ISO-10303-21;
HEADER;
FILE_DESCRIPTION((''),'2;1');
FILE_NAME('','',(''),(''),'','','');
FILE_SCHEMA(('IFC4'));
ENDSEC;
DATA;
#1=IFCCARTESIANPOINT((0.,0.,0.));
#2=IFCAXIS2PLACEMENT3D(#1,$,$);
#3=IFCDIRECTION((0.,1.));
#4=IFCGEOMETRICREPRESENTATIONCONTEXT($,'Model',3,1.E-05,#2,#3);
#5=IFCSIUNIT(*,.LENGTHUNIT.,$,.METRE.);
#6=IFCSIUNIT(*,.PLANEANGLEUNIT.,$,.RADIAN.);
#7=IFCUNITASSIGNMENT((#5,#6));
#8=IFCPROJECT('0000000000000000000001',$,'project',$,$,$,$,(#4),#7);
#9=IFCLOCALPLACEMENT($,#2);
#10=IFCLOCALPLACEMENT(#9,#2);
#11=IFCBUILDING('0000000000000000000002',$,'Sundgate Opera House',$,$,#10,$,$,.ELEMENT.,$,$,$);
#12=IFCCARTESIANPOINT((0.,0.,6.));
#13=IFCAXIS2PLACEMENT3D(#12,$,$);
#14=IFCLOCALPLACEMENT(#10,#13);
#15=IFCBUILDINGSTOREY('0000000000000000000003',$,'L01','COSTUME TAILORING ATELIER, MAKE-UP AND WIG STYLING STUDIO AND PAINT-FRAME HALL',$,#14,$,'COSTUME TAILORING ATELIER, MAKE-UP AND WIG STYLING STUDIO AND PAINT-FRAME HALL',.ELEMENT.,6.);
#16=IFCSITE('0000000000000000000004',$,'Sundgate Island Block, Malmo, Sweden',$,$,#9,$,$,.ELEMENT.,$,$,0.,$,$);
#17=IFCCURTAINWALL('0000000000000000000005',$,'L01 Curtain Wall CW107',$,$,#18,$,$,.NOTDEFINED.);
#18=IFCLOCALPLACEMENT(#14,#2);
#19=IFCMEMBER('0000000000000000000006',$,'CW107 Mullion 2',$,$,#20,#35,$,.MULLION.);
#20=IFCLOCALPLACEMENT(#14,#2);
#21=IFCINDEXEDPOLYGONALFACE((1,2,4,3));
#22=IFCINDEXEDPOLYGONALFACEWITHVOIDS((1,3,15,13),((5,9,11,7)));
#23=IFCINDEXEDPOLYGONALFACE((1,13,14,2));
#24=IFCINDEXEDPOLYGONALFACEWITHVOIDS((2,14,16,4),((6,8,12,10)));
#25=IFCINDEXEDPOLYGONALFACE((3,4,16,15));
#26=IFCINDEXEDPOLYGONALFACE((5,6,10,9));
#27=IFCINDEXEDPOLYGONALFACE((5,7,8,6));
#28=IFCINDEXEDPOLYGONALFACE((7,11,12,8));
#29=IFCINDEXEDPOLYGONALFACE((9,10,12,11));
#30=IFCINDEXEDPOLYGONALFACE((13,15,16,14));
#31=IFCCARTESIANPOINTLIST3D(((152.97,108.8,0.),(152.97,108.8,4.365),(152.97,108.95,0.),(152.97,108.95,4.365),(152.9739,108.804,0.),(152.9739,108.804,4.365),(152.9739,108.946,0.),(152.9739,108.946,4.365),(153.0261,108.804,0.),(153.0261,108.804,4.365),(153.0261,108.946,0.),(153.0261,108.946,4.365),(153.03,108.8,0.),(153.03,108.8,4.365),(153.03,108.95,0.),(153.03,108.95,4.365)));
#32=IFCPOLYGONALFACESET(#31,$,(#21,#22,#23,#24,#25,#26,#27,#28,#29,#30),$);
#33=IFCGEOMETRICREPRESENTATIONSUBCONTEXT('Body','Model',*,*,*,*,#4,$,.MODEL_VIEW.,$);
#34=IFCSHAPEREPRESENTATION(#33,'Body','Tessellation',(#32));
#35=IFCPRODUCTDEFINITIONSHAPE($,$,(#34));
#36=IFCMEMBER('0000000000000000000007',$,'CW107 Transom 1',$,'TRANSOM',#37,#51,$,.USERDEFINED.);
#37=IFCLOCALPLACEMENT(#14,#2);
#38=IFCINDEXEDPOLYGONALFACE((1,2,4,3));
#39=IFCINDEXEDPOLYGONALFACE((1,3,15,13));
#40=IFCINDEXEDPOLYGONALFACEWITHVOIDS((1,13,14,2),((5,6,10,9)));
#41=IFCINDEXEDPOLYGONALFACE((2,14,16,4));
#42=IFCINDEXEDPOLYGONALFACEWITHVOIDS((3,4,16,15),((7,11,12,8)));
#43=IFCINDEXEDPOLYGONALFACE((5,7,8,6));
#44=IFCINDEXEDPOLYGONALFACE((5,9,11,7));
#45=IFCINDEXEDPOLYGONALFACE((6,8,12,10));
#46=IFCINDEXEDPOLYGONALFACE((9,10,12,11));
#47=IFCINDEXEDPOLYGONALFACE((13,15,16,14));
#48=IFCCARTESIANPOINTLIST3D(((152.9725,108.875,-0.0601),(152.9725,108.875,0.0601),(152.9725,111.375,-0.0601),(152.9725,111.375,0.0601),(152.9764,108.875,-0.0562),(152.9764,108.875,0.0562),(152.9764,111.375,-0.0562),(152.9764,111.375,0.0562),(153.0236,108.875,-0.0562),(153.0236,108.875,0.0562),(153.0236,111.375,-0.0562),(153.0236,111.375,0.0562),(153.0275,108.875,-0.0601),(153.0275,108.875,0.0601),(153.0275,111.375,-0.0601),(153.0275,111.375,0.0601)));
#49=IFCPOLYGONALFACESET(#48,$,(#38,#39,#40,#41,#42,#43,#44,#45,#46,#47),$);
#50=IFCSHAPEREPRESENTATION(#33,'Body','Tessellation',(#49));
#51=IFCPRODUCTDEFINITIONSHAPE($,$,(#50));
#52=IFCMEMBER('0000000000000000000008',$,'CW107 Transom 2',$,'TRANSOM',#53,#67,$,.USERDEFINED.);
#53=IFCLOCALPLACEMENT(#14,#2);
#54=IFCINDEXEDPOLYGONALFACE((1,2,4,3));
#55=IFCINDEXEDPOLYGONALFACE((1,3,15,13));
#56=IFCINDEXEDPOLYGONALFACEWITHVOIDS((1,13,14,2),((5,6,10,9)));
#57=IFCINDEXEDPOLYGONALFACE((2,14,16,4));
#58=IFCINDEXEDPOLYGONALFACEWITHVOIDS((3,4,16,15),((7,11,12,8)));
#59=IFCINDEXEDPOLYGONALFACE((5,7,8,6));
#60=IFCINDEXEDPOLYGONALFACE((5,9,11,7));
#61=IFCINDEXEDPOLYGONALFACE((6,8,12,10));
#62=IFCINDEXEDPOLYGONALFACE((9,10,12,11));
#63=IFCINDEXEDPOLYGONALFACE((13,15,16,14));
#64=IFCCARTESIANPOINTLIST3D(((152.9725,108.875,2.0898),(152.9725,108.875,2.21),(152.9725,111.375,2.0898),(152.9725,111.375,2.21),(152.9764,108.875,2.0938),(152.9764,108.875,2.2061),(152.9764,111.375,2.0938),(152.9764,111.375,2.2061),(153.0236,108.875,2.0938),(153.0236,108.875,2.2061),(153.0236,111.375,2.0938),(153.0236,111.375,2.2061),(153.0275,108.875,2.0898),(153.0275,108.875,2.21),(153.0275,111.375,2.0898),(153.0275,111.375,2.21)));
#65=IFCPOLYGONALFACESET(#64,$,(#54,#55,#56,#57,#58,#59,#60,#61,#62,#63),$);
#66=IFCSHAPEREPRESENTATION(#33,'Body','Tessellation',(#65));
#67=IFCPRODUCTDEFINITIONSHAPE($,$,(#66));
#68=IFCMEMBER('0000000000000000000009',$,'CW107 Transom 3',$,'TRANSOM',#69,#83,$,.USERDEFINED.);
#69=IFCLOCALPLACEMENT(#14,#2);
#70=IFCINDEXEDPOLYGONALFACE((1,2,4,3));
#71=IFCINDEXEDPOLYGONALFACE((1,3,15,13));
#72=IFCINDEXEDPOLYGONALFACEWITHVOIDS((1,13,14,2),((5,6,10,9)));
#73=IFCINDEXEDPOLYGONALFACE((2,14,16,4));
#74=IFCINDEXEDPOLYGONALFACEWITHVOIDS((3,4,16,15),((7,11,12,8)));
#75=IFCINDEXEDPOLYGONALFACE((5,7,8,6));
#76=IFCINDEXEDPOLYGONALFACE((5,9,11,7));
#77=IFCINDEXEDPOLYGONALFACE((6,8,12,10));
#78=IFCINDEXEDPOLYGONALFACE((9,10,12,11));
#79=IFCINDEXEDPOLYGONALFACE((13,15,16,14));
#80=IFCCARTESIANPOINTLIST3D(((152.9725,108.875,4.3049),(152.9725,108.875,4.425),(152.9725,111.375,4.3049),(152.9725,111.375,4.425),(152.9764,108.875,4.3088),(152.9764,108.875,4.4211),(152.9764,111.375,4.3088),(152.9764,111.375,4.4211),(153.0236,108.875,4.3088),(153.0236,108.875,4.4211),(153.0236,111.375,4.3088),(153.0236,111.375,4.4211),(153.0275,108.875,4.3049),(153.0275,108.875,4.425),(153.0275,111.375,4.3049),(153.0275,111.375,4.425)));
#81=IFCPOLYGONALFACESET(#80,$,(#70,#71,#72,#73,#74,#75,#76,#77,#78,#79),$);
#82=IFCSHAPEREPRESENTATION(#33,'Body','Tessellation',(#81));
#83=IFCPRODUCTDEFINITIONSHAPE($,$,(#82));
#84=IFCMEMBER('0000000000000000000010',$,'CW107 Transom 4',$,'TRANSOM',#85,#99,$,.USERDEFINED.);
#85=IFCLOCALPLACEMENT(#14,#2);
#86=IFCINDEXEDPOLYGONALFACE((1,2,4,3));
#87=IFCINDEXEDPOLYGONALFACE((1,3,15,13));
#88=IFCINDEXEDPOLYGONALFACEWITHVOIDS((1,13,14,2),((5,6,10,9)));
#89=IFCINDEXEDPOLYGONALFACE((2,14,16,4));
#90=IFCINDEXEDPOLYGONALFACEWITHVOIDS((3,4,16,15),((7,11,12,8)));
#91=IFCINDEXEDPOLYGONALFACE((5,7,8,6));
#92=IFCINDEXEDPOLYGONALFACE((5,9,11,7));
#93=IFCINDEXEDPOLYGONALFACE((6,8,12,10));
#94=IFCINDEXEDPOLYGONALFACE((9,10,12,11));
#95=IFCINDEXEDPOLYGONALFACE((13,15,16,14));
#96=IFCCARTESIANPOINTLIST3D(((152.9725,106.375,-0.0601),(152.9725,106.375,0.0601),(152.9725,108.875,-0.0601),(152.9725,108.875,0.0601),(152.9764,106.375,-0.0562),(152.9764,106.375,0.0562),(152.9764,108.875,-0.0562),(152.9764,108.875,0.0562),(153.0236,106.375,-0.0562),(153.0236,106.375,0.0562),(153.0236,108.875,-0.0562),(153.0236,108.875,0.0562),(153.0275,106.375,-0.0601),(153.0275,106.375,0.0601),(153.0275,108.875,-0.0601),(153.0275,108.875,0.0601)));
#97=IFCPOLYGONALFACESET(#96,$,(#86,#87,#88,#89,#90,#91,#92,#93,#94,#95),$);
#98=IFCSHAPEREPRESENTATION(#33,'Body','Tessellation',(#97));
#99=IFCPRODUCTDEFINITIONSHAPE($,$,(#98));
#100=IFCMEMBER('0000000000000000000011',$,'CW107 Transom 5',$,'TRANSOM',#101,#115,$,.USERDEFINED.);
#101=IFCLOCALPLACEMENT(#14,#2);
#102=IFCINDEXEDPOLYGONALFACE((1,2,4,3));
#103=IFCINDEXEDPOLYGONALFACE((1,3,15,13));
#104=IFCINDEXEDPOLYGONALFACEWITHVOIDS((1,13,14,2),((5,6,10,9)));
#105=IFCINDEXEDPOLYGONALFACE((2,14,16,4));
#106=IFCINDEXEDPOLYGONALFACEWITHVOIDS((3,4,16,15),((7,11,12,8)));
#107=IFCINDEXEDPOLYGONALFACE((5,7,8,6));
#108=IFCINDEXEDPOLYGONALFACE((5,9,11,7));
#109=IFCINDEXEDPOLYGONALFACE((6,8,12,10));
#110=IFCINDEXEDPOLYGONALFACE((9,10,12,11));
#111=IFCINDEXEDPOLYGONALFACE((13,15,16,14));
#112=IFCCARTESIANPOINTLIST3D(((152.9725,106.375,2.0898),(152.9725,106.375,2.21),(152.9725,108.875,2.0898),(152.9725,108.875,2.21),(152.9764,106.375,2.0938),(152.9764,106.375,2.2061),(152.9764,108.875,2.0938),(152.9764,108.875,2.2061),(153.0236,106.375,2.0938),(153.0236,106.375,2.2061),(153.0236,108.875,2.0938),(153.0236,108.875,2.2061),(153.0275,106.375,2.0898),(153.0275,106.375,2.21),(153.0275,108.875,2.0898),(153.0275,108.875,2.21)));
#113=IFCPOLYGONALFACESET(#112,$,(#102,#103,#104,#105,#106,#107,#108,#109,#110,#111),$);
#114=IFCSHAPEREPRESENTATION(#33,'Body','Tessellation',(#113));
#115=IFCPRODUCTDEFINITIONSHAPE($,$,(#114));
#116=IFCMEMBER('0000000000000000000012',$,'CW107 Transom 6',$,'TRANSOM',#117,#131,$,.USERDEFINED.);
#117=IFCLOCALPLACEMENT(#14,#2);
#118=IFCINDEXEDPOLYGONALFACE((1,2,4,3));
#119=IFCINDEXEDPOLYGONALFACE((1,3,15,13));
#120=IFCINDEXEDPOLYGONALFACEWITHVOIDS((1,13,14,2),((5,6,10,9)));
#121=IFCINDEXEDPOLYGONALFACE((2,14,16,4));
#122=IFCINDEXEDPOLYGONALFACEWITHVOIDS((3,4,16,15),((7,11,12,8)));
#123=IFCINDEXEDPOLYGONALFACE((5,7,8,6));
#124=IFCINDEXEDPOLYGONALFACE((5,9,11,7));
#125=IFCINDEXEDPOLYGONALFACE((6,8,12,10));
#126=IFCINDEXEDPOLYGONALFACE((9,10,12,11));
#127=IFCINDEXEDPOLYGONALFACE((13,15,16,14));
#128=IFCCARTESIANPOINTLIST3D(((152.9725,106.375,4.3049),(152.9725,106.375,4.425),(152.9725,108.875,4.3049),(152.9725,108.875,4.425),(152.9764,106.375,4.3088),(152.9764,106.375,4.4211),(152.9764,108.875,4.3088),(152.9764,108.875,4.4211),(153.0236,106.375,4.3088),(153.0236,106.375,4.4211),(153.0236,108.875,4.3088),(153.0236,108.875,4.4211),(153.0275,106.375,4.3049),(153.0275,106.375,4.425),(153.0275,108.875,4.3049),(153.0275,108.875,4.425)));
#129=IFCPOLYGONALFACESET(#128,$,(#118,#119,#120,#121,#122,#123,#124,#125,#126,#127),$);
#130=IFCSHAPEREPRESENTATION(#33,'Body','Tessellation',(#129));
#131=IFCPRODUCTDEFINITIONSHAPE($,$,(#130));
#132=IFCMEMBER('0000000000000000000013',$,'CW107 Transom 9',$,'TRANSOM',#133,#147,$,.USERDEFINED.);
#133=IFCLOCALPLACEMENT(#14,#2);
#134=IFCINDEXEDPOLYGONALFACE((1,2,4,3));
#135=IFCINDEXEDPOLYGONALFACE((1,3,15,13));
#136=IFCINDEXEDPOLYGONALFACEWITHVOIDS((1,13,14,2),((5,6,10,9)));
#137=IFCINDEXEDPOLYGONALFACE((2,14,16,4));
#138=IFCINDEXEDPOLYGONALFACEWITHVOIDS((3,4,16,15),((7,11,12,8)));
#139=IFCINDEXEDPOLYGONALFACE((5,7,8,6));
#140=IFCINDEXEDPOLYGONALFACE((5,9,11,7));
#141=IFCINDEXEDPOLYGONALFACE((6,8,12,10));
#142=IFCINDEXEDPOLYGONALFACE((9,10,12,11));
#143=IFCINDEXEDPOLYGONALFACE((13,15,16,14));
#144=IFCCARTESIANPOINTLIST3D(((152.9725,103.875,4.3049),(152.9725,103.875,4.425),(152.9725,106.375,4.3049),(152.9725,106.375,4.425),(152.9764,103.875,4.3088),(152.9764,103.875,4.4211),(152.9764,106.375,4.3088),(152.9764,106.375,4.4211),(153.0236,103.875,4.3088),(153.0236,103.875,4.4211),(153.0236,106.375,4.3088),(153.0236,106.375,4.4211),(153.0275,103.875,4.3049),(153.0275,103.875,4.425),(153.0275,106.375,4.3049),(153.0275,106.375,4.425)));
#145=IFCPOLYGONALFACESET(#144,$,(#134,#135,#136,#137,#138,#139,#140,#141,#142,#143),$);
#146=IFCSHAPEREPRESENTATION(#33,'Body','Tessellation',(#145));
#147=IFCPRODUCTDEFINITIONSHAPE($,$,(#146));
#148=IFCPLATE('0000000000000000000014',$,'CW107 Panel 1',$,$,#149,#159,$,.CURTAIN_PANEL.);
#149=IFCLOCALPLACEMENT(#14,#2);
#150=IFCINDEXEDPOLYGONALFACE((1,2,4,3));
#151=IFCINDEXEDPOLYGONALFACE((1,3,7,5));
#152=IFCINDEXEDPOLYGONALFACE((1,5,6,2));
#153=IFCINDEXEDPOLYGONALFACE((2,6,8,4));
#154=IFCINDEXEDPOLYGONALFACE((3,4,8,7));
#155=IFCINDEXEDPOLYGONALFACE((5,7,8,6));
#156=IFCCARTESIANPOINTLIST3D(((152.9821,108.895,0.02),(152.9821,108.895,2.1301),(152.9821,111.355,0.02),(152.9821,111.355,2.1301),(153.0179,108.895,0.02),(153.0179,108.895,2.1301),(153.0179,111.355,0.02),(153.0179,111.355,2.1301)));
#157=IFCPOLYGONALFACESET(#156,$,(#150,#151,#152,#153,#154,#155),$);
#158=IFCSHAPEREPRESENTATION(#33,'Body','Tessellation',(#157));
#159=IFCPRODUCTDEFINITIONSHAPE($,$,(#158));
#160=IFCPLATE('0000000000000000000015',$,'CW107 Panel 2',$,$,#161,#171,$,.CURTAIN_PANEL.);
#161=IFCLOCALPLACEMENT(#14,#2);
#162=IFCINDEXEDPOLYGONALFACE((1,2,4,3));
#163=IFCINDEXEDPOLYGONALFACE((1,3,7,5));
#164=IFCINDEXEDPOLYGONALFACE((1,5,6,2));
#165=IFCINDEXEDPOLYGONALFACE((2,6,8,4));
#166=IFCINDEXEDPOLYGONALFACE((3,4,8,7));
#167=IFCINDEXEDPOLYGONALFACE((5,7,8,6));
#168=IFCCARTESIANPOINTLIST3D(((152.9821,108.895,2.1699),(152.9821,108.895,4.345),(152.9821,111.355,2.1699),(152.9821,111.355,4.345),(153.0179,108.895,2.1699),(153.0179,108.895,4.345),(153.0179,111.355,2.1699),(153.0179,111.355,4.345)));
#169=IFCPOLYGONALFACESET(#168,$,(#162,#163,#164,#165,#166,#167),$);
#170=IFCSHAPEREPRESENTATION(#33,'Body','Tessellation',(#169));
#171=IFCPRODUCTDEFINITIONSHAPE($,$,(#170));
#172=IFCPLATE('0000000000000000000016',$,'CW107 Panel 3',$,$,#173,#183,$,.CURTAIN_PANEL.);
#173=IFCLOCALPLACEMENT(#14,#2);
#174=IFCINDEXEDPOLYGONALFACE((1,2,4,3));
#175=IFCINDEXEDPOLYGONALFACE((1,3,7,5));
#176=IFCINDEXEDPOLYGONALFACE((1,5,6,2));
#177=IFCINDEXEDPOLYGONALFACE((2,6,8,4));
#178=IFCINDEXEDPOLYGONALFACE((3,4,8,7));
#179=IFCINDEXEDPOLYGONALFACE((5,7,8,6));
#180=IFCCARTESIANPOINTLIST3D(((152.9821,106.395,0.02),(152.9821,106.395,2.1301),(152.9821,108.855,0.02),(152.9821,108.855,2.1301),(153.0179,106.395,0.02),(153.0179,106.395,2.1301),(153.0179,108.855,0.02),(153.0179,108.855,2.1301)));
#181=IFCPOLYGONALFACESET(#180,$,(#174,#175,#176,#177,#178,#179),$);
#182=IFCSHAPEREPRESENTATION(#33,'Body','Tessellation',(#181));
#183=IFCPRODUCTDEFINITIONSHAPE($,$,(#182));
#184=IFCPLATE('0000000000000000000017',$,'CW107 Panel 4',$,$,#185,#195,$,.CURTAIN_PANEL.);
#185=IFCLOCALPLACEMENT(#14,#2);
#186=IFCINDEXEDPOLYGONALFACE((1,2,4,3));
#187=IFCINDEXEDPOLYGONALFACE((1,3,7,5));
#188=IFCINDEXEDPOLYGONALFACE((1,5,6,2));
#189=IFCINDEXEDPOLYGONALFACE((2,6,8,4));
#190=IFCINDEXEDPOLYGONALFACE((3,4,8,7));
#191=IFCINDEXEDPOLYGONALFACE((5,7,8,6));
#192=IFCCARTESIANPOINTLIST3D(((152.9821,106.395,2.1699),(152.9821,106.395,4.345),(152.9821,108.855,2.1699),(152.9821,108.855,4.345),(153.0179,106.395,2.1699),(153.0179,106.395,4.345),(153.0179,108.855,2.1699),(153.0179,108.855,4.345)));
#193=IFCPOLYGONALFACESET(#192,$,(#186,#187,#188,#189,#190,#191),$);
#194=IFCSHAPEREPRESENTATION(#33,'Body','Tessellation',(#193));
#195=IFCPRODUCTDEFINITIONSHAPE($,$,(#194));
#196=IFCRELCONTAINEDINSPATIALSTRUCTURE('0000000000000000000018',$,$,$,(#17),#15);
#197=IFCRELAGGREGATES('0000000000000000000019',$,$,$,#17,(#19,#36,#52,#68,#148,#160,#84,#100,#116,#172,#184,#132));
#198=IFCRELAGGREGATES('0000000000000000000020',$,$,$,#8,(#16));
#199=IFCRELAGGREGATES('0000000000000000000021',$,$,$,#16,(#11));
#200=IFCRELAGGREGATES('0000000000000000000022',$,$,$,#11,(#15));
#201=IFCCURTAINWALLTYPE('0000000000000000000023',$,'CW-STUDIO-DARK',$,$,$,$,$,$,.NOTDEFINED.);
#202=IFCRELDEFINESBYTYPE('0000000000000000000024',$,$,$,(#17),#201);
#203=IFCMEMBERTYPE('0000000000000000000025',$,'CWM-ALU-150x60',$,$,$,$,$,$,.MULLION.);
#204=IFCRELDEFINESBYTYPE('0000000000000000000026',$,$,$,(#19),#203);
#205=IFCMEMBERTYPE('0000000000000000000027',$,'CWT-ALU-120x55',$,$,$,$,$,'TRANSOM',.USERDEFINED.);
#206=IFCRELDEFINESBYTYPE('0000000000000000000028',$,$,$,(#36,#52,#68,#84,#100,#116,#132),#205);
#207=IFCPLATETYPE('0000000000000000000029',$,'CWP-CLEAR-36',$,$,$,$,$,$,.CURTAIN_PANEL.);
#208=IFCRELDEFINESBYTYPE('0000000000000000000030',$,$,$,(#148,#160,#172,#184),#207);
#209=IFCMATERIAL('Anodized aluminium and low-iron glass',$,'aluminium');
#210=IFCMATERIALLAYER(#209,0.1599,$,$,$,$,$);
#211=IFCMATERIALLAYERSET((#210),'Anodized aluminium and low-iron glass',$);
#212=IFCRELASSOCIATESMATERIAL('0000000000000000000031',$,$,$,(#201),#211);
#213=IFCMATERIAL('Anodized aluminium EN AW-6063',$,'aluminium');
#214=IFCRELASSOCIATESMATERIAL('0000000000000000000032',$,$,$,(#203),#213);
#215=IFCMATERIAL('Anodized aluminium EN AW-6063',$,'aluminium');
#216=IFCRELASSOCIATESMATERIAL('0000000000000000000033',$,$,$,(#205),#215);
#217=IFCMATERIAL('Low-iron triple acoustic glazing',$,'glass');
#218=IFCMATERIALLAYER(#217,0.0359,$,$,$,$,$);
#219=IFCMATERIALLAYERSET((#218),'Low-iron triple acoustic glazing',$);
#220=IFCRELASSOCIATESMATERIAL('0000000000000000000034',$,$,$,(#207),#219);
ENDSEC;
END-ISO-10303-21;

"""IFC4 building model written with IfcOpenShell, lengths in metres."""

from ifc_helpers import new_model, si_unit, direction, frame, origin, origin_2d, place, context, subcontext, project, spatial, rectangle, hollow_rectangle, extrude, material, layer, layer_set, material_profile, profile_set, type_object, element, aggregate, save


model = new_model("IFC4")

# Units and contexts
model_context = context("Model", 3, precision=1e-05, world=origin(), true_north=direction((0.0, 1.0)))
body_context = subcontext(model_context, "Body", "Model", "MODEL_VIEW")
ifc_project = project(units=[si_unit("LENGTHUNIT", "METRE"), si_unit("PLANEANGLEUNIT", "RADIAN")], contexts=[model_context])

# Site, building, storey
site_placement = place(None, origin())
site = spatial("IfcSite", under=ifc_project, at=site_placement, Name="Sundgate Island Block, Malmo, Sweden", CompositionType="ELEMENT", RefElevation=0.0)
building_placement = place(site_placement, origin())
building = spatial("IfcBuilding", under=site, at=building_placement, Name="Sundgate Opera House", CompositionType="ELEMENT")
storey_placement = place(building_placement, frame((0.0, 0.0, 6.0)))
storey = spatial("IfcBuildingStorey", under=building, at=storey_placement, Name="L01", Description="COSTUME TAILORING ATELIER, MAKE-UP AND WIG STYLING STUDIO AND PAINT-FRAME HALL", LongName="COSTUME TAILORING ATELIER, MAKE-UP AND WIG STYLING STUDIO AND PAINT-FRAME HALL", CompositionType="ELEMENT", Elevation=6.0)

# Curtain wall, members, plates
ifc_material_1 = material(Name="Anodized aluminium and low-iron glass", Category="aluminium")
ifc_layer_1 = layer(ifc_material_1, 0.1599)
ifc_layer_set_1 = layer_set([ifc_layer_1], Name="Anodized aluminium and low-iron glass")
curtain_wall_type = type_object("IfcCurtainWallType", Name="CW-STUDIO-DARK", PredefinedType="NOTDEFINED", material=ifc_layer_set_1)
curtain_wall_placement = place(storey_placement, origin())
curtain_wall = element("IfcCurtainWall", 1, at=curtain_wall_placement, inside=storey, type_object=curtain_wall_type, Name="L01 Curtain Wall CW107", PredefinedType="NOTDEFINED")
ifc_material_2 = material(Name="Anodized aluminium EN AW-6063", Category="aluminium")
ifc_material_profile_1 = material_profile(ifc_material_2, hollow_rectangle(XDim=0.0601, YDim=0.1499, WallThickness=0.0039, at=origin_2d()), Name="CWM 150x60x4")
ifc_profile_set_1 = profile_set([ifc_material_profile_1], Name="Anodized aluminium EN AW-6063")
member_type_1 = type_object("IfcMemberType", Name="CWM-ALU-150x60", PredefinedType="MULLION", material=ifc_profile_set_1)
member_1_placement = place(storey_placement, frame((153.0, 108.875, 0.0), z_axis=(0.0, 0.0, 1.0), x_axis=(1.0, 0.0, 0.0)))
member_1 = element("IfcMember", 2, at=member_1_placement, type_object=member_type_1, Name="CW107 Mullion 2", PredefinedType="MULLION", context=body_context, shape_type="SweptSolid", body=[
    extrude(hollow_rectangle(XDim=0.0601, YDim=0.1499, WallThickness=0.0039, at=origin_2d()), origin(), (0.0, 0.0, 1.0), 4.365),
])
ifc_material_3 = material(Name="Anodized aluminium EN AW-6063", Category="aluminium")
ifc_material_profile_2 = material_profile(ifc_material_3, hollow_rectangle(XDim=0.0549, YDim=0.1201, WallThickness=0.0039, at=origin_2d()), Name="CWT 120x55x4")
ifc_profile_set_2 = profile_set([ifc_material_profile_2], Name="Anodized aluminium EN AW-6063")
member_type_2 = type_object("IfcMemberType", Name="CWT-ALU-120x55", ElementType="TRANSOM", PredefinedType="USERDEFINED", material=ifc_profile_set_2)
member_2_placement = place(storey_placement, frame((153.0, 111.375, 0.0), z_axis=(0.0, -1.0, 0.0), x_axis=(1.0, 0.0, 0.0)))
member_2 = element("IfcMember", 3, at=member_2_placement, type_object=member_type_2, Name="CW107 Transom 1", ObjectType="TRANSOM", PredefinedType="USERDEFINED", context=body_context, shape_type="SweptSolid", body=[
    extrude(hollow_rectangle(XDim=0.0549, YDim=0.1201, WallThickness=0.0039, at=origin_2d()), origin(), (0.0, 0.0, 1.0), 2.5),
])
member_3_placement = place(storey_placement, frame((153.0, 111.375, 2.1499), z_axis=(0.0, -1.0, 0.0), x_axis=(1.0, 0.0, 0.0)))
member_3 = element("IfcMember", 4, at=member_3_placement, type_object=member_type_2, Name="CW107 Transom 2", ObjectType="TRANSOM", PredefinedType="USERDEFINED", context=body_context, shape_type="SweptSolid", body=[
    extrude(hollow_rectangle(XDim=0.0549, YDim=0.1201, WallThickness=0.0039, at=origin_2d()), origin(), (0.0, 0.0, 1.0), 2.5),
])
member_4_placement = place(storey_placement, frame((153.0, 111.375, 4.365), z_axis=(0.0, -1.0, 0.0), x_axis=(1.0, 0.0, 0.0)))
member_4 = element("IfcMember", 5, at=member_4_placement, type_object=member_type_2, Name="CW107 Transom 3", ObjectType="TRANSOM", PredefinedType="USERDEFINED", context=body_context, shape_type="SweptSolid", body=[
    extrude(hollow_rectangle(XDim=0.0549, YDim=0.1201, WallThickness=0.0039, at=origin_2d()), origin(), (0.0, 0.0, 1.0), 2.5),
])
member_5_placement = place(storey_placement, frame((153.0, 108.875, 0.0), z_axis=(0.0, -1.0, 0.0), x_axis=(1.0, 0.0, 0.0)))
member_5 = element("IfcMember", 6, at=member_5_placement, type_object=member_type_2, Name="CW107 Transom 4", ObjectType="TRANSOM", PredefinedType="USERDEFINED", context=body_context, shape_type="SweptSolid", body=[
    extrude(hollow_rectangle(XDim=0.0549, YDim=0.1201, WallThickness=0.0039, at=origin_2d()), origin(), (0.0, 0.0, 1.0), 2.5),
])
member_6_placement = place(storey_placement, frame((153.0, 108.875, 2.1499), z_axis=(0.0, -1.0, 0.0), x_axis=(1.0, 0.0, 0.0)))
member_6 = element("IfcMember", 7, at=member_6_placement, type_object=member_type_2, Name="CW107 Transom 5", ObjectType="TRANSOM", PredefinedType="USERDEFINED", context=body_context, shape_type="SweptSolid", body=[
    extrude(hollow_rectangle(XDim=0.0549, YDim=0.1201, WallThickness=0.0039, at=origin_2d()), origin(), (0.0, 0.0, 1.0), 2.5),
])
member_7_placement = place(storey_placement, frame((153.0, 108.875, 4.365), z_axis=(0.0, -1.0, 0.0), x_axis=(1.0, 0.0, 0.0)))
member_7 = element("IfcMember", 8, at=member_7_placement, type_object=member_type_2, Name="CW107 Transom 6", ObjectType="TRANSOM", PredefinedType="USERDEFINED", context=body_context, shape_type="SweptSolid", body=[
    extrude(hollow_rectangle(XDim=0.0549, YDim=0.1201, WallThickness=0.0039, at=origin_2d()), origin(), (0.0, 0.0, 1.0), 2.5),
])
member_8_placement = place(storey_placement, frame((153.0, 106.375, 4.365), z_axis=(0.0, -1.0, 0.0), x_axis=(1.0, 0.0, 0.0)))
member_8 = element("IfcMember", 9, at=member_8_placement, type_object=member_type_2, Name="CW107 Transom 9", ObjectType="TRANSOM", PredefinedType="USERDEFINED", context=body_context, shape_type="SweptSolid", body=[
    extrude(hollow_rectangle(XDim=0.0549, YDim=0.1201, WallThickness=0.0039, at=origin_2d()), origin(), (0.0, 0.0, 1.0), 2.5),
])
ifc_material_4 = material(Name="Low-iron triple acoustic glazing", Category="glass")
ifc_layer_2 = layer(ifc_material_4, 0.0359)
ifc_layer_set_2 = layer_set([ifc_layer_2], Name="Low-iron triple acoustic glazing")
plate_type = type_object("IfcPlateType", Name="CWP-CLEAR-36", PredefinedType="CURTAIN_PANEL", material=ifc_layer_set_2)
plate_1_placement = place(storey_placement, frame((153.0, 110.125, 0.02), z_axis=(0.0, 0.0, 1.0), x_axis=(0.0, -1.0, 0.0)))
plate_1 = element("IfcPlate", 10, at=plate_1_placement, type_object=plate_type, Name="CW107 Panel 1", PredefinedType="CURTAIN_PANEL", context=body_context, shape_type="SweptSolid", body=[
    extrude(rectangle(XDim=2.46, YDim=0.0359, at=origin_2d()), origin(), (0.0, 0.0, 1.0), 2.1101),
])
plate_2_placement = place(storey_placement, frame((153.0, 110.125, 2.1699), z_axis=(0.0, 0.0, 1.0), x_axis=(0.0, -1.0, 0.0)))
plate_2 = element("IfcPlate", 11, at=plate_2_placement, type_object=plate_type, Name="CW107 Panel 2", PredefinedType="CURTAIN_PANEL", context=body_context, shape_type="SweptSolid", body=[
    extrude(rectangle(XDim=2.46, YDim=0.0359, at=origin_2d()), origin(), (0.0, 0.0, 1.0), 2.175),
])
plate_3_placement = place(storey_placement, frame((153.0, 107.625, 0.02), z_axis=(0.0, 0.0, 1.0), x_axis=(0.0, -1.0, 0.0)))
plate_3 = element("IfcPlate", 12, at=plate_3_placement, type_object=plate_type, Name="CW107 Panel 3", PredefinedType="CURTAIN_PANEL", context=body_context, shape_type="SweptSolid", body=[
    extrude(rectangle(XDim=2.46, YDim=0.0359, at=origin_2d()), origin(), (0.0, 0.0, 1.0), 2.1101),
])
plate_4_placement = place(storey_placement, frame((153.0, 107.625, 2.1699), z_axis=(0.0, 0.0, 1.0), x_axis=(0.0, -1.0, 0.0)))
plate_4 = element("IfcPlate", 13, at=plate_4_placement, type_object=plate_type, Name="CW107 Panel 4", PredefinedType="CURTAIN_PANEL", context=body_context, shape_type="SweptSolid", body=[
    extrude(rectangle(XDim=2.46, YDim=0.0359, at=origin_2d()), origin(), (0.0, 0.0, 1.0), 2.175),
])
aggregate(curtain_wall, [member_1, member_2, member_3, member_4, plate_1, plate_2, member_5, member_6, member_7, plate_3, plate_4, member_8])

save(model, "model.ifc")
